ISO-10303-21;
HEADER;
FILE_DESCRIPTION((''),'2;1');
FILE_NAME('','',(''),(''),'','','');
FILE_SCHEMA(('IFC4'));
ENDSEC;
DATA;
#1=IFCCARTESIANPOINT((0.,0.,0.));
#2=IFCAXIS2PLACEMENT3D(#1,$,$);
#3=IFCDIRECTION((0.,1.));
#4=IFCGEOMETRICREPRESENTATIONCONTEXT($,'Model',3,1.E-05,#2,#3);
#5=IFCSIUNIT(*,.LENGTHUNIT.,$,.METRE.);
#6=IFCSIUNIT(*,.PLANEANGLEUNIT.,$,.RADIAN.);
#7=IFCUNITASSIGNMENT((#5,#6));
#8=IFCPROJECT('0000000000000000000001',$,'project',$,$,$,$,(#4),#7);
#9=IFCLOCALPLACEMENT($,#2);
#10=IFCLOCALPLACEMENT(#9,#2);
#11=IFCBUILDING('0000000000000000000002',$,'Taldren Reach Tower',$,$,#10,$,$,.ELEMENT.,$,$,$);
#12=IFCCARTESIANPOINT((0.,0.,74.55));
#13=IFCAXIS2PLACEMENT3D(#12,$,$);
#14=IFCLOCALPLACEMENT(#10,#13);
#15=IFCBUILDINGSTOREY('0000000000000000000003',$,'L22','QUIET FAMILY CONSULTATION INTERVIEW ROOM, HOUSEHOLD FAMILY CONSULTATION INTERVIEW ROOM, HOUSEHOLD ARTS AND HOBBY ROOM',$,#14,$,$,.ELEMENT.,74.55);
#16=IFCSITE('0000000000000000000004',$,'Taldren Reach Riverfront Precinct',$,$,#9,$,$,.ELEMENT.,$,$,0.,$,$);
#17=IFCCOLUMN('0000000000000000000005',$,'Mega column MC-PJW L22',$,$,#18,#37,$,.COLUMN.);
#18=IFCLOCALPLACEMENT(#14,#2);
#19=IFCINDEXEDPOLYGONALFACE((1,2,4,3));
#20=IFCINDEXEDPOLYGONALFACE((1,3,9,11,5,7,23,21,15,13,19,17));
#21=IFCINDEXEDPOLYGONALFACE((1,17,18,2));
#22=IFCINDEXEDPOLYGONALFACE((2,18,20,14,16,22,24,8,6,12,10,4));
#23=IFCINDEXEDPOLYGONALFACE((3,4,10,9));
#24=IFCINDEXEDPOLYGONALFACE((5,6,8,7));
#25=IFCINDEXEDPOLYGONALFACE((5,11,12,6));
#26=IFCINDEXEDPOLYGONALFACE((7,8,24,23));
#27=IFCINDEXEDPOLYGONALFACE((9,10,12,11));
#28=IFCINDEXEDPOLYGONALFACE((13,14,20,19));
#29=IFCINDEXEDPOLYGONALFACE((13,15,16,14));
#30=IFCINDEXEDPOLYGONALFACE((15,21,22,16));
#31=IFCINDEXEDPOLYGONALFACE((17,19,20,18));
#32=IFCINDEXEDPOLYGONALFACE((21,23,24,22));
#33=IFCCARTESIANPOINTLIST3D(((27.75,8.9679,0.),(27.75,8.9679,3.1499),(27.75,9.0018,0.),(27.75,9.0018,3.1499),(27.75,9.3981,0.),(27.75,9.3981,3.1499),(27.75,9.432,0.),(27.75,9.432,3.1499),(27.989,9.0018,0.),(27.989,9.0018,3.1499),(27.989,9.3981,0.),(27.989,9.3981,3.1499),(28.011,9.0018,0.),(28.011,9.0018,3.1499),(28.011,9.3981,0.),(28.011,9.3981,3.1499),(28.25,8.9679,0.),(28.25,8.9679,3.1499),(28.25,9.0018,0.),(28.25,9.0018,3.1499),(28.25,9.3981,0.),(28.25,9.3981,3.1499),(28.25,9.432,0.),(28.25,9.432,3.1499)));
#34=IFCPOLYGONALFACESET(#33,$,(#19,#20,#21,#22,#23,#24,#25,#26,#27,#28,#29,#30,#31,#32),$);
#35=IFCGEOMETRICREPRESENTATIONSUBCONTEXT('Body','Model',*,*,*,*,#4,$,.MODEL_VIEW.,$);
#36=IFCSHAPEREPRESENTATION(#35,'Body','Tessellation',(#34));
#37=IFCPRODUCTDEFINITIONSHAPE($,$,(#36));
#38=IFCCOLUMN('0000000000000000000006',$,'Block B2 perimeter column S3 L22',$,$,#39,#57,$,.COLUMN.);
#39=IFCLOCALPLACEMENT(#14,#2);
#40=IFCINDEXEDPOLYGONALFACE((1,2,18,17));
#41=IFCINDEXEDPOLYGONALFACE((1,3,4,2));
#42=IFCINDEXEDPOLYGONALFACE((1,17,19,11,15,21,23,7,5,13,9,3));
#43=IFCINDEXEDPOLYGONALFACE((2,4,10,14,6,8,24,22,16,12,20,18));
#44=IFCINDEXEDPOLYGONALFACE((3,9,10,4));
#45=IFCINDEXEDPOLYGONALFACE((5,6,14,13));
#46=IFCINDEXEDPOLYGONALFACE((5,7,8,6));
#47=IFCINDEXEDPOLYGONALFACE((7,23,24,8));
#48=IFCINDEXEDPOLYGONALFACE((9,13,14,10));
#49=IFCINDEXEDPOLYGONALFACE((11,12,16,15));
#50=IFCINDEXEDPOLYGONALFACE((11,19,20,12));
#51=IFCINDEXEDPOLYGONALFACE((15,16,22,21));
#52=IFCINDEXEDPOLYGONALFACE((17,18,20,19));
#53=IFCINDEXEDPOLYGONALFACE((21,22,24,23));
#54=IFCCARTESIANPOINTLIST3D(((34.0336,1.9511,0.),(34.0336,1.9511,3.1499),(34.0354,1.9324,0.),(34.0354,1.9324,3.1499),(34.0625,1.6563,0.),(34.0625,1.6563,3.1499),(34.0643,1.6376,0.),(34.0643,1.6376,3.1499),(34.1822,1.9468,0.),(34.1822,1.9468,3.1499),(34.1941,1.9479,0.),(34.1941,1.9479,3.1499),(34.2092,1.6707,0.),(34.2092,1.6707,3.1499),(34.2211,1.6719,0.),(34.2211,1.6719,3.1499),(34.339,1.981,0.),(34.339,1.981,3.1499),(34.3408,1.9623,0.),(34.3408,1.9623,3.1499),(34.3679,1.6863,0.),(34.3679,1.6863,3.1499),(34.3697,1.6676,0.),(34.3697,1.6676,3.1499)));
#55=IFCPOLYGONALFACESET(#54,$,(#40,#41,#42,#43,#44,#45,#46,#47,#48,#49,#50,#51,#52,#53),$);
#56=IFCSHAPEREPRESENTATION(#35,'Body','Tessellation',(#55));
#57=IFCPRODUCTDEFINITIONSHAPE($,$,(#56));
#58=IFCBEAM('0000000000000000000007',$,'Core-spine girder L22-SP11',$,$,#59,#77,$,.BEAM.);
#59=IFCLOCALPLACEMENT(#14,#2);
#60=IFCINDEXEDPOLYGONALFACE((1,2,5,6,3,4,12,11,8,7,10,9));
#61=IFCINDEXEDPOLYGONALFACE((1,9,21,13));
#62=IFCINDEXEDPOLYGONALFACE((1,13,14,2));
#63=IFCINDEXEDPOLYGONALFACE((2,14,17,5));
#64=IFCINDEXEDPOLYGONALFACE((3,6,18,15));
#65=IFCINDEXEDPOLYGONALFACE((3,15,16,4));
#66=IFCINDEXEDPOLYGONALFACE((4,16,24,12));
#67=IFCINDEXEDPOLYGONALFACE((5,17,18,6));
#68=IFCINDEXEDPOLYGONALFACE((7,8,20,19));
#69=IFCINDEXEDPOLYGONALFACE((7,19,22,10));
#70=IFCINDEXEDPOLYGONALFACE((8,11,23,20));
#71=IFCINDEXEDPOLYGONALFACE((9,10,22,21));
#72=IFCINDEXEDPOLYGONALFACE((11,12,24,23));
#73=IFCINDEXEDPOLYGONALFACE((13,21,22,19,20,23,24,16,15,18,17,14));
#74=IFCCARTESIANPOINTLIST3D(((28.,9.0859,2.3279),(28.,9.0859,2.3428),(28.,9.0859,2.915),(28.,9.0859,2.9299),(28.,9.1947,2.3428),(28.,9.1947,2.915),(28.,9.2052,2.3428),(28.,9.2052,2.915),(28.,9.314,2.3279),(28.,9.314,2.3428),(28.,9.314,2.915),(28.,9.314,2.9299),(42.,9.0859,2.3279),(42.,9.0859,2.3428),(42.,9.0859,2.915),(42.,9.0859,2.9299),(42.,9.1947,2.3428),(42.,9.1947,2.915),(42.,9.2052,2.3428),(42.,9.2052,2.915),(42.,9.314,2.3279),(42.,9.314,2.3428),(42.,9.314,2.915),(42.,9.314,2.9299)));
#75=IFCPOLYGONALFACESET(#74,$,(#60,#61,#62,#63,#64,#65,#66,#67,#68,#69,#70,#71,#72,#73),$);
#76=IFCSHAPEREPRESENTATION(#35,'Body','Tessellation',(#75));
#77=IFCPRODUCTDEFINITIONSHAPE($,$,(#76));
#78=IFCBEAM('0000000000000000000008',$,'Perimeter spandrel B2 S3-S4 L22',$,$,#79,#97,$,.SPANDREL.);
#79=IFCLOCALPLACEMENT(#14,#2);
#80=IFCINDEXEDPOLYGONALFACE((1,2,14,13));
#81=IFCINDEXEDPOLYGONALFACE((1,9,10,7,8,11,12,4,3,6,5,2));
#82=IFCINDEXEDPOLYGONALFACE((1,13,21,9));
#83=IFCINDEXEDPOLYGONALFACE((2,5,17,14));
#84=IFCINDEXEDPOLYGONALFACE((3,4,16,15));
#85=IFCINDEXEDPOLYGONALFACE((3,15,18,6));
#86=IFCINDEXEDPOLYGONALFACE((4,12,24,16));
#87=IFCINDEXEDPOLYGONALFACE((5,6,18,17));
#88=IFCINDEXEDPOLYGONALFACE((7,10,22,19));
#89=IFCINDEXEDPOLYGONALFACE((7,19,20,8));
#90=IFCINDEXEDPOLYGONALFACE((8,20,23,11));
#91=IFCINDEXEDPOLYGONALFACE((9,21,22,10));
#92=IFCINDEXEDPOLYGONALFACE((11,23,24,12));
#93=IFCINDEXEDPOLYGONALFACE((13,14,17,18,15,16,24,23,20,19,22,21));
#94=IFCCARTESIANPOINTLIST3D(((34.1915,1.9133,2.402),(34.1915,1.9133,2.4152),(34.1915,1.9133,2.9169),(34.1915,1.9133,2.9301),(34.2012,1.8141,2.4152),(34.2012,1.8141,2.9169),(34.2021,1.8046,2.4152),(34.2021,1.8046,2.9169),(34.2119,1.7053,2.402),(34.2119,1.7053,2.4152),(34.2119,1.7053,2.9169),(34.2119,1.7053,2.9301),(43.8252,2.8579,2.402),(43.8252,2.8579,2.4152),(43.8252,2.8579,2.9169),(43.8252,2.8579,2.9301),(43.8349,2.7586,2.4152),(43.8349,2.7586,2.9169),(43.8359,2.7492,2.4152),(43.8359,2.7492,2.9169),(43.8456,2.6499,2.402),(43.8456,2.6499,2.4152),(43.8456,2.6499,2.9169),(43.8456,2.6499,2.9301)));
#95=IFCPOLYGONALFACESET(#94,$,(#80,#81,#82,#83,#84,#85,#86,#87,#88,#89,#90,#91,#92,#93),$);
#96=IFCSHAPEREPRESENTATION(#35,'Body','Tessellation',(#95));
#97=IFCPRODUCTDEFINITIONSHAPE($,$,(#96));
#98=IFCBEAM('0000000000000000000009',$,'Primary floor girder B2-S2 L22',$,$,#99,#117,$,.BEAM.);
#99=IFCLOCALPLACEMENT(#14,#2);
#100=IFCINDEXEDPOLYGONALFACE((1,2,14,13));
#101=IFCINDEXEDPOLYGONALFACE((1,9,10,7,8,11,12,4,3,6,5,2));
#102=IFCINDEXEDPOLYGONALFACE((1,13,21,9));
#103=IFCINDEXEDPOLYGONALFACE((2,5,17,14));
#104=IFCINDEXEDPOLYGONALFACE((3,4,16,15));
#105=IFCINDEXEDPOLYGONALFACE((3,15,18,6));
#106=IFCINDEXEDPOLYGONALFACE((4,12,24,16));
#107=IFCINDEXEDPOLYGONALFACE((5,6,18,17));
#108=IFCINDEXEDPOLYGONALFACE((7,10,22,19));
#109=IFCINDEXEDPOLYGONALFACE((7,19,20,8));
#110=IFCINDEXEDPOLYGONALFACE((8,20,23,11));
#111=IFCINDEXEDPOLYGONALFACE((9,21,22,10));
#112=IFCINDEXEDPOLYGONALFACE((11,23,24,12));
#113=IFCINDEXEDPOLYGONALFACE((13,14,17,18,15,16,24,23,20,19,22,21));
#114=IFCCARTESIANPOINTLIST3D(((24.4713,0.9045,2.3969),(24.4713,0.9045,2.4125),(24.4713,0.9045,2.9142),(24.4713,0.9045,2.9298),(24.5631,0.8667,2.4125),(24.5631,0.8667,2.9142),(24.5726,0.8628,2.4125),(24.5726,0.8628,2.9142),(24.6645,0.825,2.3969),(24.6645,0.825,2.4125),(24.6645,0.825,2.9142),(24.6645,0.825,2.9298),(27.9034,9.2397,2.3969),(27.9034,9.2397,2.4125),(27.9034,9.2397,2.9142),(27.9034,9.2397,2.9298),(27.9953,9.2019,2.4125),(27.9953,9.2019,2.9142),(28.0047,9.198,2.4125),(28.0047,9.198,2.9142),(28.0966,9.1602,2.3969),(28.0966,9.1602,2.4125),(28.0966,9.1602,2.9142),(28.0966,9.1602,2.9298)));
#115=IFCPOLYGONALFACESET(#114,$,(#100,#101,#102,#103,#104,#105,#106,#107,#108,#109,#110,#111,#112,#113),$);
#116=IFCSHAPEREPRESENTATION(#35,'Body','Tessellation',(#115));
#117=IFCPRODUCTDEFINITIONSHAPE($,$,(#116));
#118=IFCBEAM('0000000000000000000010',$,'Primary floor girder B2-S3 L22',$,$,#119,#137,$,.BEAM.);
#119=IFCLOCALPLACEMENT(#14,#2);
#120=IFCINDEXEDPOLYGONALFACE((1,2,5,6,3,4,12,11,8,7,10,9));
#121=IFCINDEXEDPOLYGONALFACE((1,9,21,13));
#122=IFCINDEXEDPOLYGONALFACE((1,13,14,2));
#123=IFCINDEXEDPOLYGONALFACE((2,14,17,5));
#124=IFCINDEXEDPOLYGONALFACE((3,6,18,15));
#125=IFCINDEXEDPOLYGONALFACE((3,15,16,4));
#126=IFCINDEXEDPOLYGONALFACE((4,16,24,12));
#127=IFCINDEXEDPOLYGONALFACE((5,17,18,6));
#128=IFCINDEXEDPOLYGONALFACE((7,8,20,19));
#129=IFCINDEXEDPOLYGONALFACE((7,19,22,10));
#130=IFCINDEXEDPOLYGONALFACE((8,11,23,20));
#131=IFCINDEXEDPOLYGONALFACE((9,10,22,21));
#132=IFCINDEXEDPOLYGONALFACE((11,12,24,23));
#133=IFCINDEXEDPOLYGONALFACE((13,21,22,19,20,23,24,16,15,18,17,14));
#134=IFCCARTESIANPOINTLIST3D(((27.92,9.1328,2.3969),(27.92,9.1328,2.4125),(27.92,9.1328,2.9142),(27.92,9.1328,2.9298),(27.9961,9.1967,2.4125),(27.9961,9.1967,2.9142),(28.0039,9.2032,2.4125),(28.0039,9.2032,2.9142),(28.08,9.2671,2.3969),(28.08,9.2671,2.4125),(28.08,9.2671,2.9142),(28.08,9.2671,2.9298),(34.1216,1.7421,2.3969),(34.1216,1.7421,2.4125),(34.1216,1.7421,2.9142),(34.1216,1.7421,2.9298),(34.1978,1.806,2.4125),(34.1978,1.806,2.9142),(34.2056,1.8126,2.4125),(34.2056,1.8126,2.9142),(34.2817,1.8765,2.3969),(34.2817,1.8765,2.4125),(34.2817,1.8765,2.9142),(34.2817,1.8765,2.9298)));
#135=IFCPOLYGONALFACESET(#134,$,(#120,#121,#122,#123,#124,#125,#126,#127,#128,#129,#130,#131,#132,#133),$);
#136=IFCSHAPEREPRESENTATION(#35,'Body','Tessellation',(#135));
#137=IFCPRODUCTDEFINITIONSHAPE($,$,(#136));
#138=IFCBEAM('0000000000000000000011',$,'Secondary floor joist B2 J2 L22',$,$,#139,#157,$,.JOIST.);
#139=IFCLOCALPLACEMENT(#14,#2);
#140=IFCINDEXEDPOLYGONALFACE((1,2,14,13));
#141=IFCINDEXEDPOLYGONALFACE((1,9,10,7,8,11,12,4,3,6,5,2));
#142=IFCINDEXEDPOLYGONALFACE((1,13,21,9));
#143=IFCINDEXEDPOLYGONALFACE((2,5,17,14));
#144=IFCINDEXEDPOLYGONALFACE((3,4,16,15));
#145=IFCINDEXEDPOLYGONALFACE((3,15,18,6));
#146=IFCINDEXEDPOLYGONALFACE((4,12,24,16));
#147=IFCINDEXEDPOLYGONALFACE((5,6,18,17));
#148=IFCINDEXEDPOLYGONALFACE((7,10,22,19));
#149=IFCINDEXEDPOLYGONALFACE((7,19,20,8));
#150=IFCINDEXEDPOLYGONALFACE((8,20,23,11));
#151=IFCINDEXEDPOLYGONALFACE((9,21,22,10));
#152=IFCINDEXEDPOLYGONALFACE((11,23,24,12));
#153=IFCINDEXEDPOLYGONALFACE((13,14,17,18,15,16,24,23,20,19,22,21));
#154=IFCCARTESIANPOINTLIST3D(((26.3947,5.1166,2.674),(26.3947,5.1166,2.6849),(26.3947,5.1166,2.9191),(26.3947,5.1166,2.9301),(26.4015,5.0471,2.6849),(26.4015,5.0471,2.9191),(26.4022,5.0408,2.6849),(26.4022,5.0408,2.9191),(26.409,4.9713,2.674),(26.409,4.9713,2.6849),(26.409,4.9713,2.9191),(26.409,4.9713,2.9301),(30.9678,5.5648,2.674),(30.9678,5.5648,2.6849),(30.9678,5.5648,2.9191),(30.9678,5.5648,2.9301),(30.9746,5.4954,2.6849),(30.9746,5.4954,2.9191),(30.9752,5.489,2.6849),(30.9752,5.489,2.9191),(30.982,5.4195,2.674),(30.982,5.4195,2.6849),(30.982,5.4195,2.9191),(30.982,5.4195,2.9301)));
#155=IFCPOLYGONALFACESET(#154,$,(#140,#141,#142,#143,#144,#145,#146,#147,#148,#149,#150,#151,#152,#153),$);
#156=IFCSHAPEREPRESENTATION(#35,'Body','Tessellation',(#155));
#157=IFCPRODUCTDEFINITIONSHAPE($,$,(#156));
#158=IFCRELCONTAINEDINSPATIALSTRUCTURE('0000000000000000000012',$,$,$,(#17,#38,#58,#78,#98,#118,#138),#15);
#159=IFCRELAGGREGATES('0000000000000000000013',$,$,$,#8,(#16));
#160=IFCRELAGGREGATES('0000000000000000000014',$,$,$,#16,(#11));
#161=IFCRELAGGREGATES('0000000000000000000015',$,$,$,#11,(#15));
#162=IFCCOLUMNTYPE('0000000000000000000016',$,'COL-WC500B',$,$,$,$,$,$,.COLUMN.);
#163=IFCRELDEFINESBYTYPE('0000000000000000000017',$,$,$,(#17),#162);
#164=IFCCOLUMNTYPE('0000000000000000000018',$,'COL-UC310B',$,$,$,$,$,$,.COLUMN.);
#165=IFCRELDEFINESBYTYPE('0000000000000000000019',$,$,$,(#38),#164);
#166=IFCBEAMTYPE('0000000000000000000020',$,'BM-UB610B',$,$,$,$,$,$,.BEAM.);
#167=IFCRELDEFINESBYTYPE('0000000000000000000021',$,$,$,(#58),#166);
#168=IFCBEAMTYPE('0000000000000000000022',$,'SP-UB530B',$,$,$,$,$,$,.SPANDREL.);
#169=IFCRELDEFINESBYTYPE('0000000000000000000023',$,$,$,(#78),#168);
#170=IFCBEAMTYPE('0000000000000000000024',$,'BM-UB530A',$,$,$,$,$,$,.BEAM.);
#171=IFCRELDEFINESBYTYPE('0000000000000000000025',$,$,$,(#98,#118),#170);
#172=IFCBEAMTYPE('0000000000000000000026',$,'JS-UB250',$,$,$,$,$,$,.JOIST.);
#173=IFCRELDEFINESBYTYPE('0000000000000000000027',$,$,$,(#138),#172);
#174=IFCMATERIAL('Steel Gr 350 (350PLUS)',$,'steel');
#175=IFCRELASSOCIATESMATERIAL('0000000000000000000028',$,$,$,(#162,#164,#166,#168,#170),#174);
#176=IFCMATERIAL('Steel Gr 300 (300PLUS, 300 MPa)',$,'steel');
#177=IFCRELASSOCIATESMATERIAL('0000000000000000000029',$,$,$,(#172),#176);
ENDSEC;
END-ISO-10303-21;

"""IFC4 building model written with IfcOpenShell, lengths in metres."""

from ifc_helpers import new_model, si_unit, direction, frame, origin, origin_2d, place, context, subcontext, project, spatial, i_section, extrude, source, transform, mapped, material, material_profile, profile_set, type_object, element, save


model = new_model("IFC4")

# Units and contexts
model_context = context("Model", 3, precision=1e-05, world=origin(), true_north=direction((0.0, 1.0)))
body_context = subcontext(model_context, "Body", "Model", "MODEL_VIEW")
ifc_project = project(units=[si_unit("LENGTHUNIT", "METRE"), si_unit("PLANEANGLEUNIT", "RADIAN")], contexts=[model_context])

# Site, building, storey
site_placement = place(None, origin())
site = spatial("IfcSite", under=ifc_project, at=site_placement, Name="Taldren Reach Riverfront Precinct", CompositionType="ELEMENT", RefElevation=0.0)
building_placement = place(site_placement, origin())
building = spatial("IfcBuilding", under=site, at=building_placement, Name="Taldren Reach Tower", CompositionType="ELEMENT")
storey_placement = place(building_placement, frame((0.0, 0.0, 74.55)))
storey = spatial("IfcBuildingStorey", under=building, at=storey_placement, Name="L22", Description="QUIET FAMILY CONSULTATION INTERVIEW ROOM, HOUSEHOLD FAMILY CONSULTATION INTERVIEW ROOM, HOUSEHOLD ARTS AND HOBBY ROOM", CompositionType="ELEMENT", Elevation=74.55)

# Columns
ifc_material_1 = material(Name="Steel Gr 350 (350PLUS)", Category="steel")
ifc_material_profile_1 = material_profile(ifc_material_1, i_section(OverallWidth=0.5, OverallDepth=0.4641, WebThickness=0.022, FlangeThickness=0.0339, at=origin_2d()), Name="500WC340")
ifc_profile_set_1 = profile_set([ifc_material_profile_1], Name="Steel Gr 350 (350PLUS)")
column_type_1 = type_object("IfcColumnType", Name="COL-WC500B", PredefinedType="COLUMN", material=ifc_profile_set_1)
shared_shape_1 = source(origin(), body_context, "Body", "SweptSolid", [
    extrude(i_section(OverallWidth=0.5, OverallDepth=0.4641, WebThickness=0.022, FlangeThickness=0.0339, at=origin_2d()), origin(), (0.0, 0.0, 1.0), 3.1499),
])
column_1_placement = place(storey_placement, frame((28.0, 9.2, 0.0), z_axis=(0.0, 0.0, 1.0), x_axis=(1.0, 0.0, 0.0)))
element("IfcColumn", 1, at=column_1_placement, inside=storey, type_object=column_type_1, Name="Mega column MC-PJW L22", PredefinedType="COLUMN", context=body_context, shape_type="MappedRepresentation", body=[
    mapped(shared_shape_1, transform((0.0, 0.0, 0.0), scale=1.0)),
])
ifc_material_profile_2 = material_profile(ifc_material_1, i_section(OverallWidth=0.3069, OverallDepth=0.3149, WebThickness=0.012, FlangeThickness=0.0188, at=origin_2d()), Name="310UC118")
ifc_profile_set_2 = profile_set([ifc_material_profile_2], Name="Steel Gr 350 (350PLUS)")
column_type_2 = type_object("IfcColumnType", Name="COL-UC310B", PredefinedType="COLUMN", material=ifc_profile_set_2)
shared_shape_2 = source(origin(), body_context, "Body", "SweptSolid", [
    extrude(i_section(OverallWidth=0.3069, OverallDepth=0.3149, WebThickness=0.012, FlangeThickness=0.0188, at=origin_2d()), origin(), (0.0, 0.0, 1.0), 3.1499),
])
column_2_placement = place(storey_placement, frame((34.2017, 1.8093, 0.0), z_axis=(0.0, 0.0, 1.0), x_axis=(0.995227, 0.097583, 0.0)))
element("IfcColumn", 2, at=column_2_placement, inside=storey, type_object=column_type_2, Name="Block B2 perimeter column S3 L22", PredefinedType="COLUMN", context=body_context, shape_type="MappedRepresentation", body=[
    mapped(shared_shape_2, transform((0.0, 0.0, 0.0), scale=1.0)),
])

# Beams
ifc_material_profile_3 = material_profile(ifc_material_1, i_section(OverallWidth=0.228, OverallDepth=0.6021, WebThickness=0.0105, FlangeThickness=0.0149, at=origin_2d()), Name="610UB101")
ifc_profile_set_3 = profile_set([ifc_material_profile_3], Name="Steel Gr 350 (350PLUS)")
beam_type_1 = type_object("IfcBeamType", Name="BM-UB610B", PredefinedType="BEAM", material=ifc_profile_set_3)
shared_shape_3 = source(origin(), body_context, "Body", "SweptSolid", [
    extrude(i_section(OverallWidth=0.228, OverallDepth=0.6021, WebThickness=0.0105, FlangeThickness=0.0149, at=origin_2d()), origin(), (0.0, 0.0, 1.0), 14.0),
])
beam_1_placement = place(storey_placement, frame((28.0, 9.2, 2.6289), z_axis=(1.0, 0.0, 0.0), x_axis=(0.0, 1.0, 0.0)))
element("IfcBeam", 3, at=beam_1_placement, inside=storey, type_object=beam_type_1, Name="Core-spine girder L22-SP11", PredefinedType="BEAM", context=body_context, shape_type="MappedRepresentation", body=[
    mapped(shared_shape_3, transform((0.0, 0.0, 0.0), scale=1.0)),
])
ifc_material_profile_4 = material_profile(ifc_material_1, i_section(OverallWidth=0.209, OverallDepth=0.5281, WebThickness=0.0095, FlangeThickness=0.0132, at=origin_2d()), Name="530UB82.0")
ifc_profile_set_4 = profile_set([ifc_material_profile_4], Name="Steel Gr 350 (350PLUS)")
beam_type_2 = type_object("IfcBeamType", Name="SP-UB530B", PredefinedType="SPANDREL", material=ifc_profile_set_4)
shared_shape_4 = source(origin(), body_context, "Body", "SweptSolid", [
    extrude(i_section(OverallWidth=0.209, OverallDepth=0.5281, WebThickness=0.0095, FlangeThickness=0.0132, at=origin_2d()), origin(), (0.0, 0.0, 1.0), 9.6799),
])
beam_2_placement = place(storey_placement, frame((34.2017, 1.8093, 2.666), z_axis=(0.995228, 0.097581, 0.0), x_axis=(-0.097581, 0.995228, 0.0)))
element("IfcBeam", 4, at=beam_2_placement, inside=storey, type_object=beam_type_2, Name="Perimeter spandrel B2 S3-S4 L22", PredefinedType="SPANDREL", context=body_context, shape_type="MappedRepresentation", body=[
    mapped(shared_shape_4, transform((0.0, 0.0, 0.0), scale=1.0)),
])
ifc_material_profile_5 = material_profile(ifc_material_1, i_section(OverallWidth=0.209, OverallDepth=0.533, WebThickness=0.0103, FlangeThickness=0.0156, at=origin_2d()), Name="530UB92.4")
ifc_profile_set_5 = profile_set([ifc_material_profile_5], Name="Steel Gr 350 (350PLUS)")
beam_type_3 = type_object("IfcBeamType", Name="BM-UB530A", PredefinedType="BEAM", material=ifc_profile_set_5)
shared_shape_5 = source(origin(), body_context, "Body", "SweptSolid", [
    extrude(i_section(OverallWidth=0.209, OverallDepth=0.533, WebThickness=0.0103, FlangeThickness=0.0156, at=origin_2d()), origin(), (0.0, 0.0, 1.0), 9.0142),
])
beam_3_placement = place(storey_placement, frame((28.0, 9.2, 2.6633), z_axis=(-0.380748, -0.924679, 0.0), x_axis=(0.924679, -0.380748, 0.0)))
element("IfcBeam", 5, at=beam_3_placement, inside=storey, type_object=beam_type_3, Name="Primary floor girder B2-S2 L22", PredefinedType="BEAM", context=body_context, shape_type="MappedRepresentation", body=[
    mapped(shared_shape_5, transform((0.0, 0.0, 0.0), scale=1.0)),
])
shared_shape_6 = source(origin(), body_context, "Body", "SweptSolid", [
    extrude(i_section(OverallWidth=0.209, OverallDepth=0.533, WebThickness=0.0103, FlangeThickness=0.0156, at=origin_2d()), origin(), (0.0, 0.0, 1.0), 9.6479),
])
beam_4_placement = place(storey_placement, frame((28.0, 9.2, 2.6633), z_axis=(0.642799, -0.766035, 0.0), x_axis=(0.766035, 0.642799, 0.0)))
element("IfcBeam", 6, at=beam_4_placement, inside=storey, type_object=beam_type_3, Name="Primary floor girder B2-S3 L22", PredefinedType="BEAM", context=body_context, shape_type="MappedRepresentation", body=[
    mapped(shared_shape_6, transform((0.0, 0.0, 0.0), scale=1.0)),
])
ifc_material_2 = material(Name="Steel Gr 300 (300PLUS, 300 MPa)", Category="steel")
ifc_material_profile_6 = material_profile(ifc_material_2, i_section(OverallWidth=0.146, OverallDepth=0.2561, WebThickness=0.0063, FlangeThickness=0.011, at=origin_2d()), Name="250UB37.3")
ifc_profile_set_6 = profile_set([ifc_material_profile_6], Name="Steel Gr 300 (300PLUS, 300 MPa)")
beam_type_4 = type_object("IfcBeamType", Name="JS-UB250", PredefinedType="JOIST", material=ifc_profile_set_6)
shared_shape_7 = source(origin(), body_context, "Body", "SweptSolid", [
    extrude(i_section(OverallWidth=0.146, OverallDepth=0.2561, WebThickness=0.0063, FlangeThickness=0.011, at=origin_2d()), origin(), (0.0, 0.0, 1.0), 4.595),
])
beam_5_placement = place(storey_placement, frame((26.4019, 5.0439, 2.802), z_axis=(0.99523, 0.097552, 0.0), x_axis=(-0.097552, 0.99523, 0.0)))
element("IfcBeam", 7, at=beam_5_placement, inside=storey, type_object=beam_type_4, Name="Secondary floor joist B2 J2 L22", PredefinedType="JOIST", context=body_context, shape_type="MappedRepresentation", body=[
    mapped(shared_shape_7, transform((0.0, 0.0, 0.0), scale=1.0)),
])

save(model, "model.ifc")
